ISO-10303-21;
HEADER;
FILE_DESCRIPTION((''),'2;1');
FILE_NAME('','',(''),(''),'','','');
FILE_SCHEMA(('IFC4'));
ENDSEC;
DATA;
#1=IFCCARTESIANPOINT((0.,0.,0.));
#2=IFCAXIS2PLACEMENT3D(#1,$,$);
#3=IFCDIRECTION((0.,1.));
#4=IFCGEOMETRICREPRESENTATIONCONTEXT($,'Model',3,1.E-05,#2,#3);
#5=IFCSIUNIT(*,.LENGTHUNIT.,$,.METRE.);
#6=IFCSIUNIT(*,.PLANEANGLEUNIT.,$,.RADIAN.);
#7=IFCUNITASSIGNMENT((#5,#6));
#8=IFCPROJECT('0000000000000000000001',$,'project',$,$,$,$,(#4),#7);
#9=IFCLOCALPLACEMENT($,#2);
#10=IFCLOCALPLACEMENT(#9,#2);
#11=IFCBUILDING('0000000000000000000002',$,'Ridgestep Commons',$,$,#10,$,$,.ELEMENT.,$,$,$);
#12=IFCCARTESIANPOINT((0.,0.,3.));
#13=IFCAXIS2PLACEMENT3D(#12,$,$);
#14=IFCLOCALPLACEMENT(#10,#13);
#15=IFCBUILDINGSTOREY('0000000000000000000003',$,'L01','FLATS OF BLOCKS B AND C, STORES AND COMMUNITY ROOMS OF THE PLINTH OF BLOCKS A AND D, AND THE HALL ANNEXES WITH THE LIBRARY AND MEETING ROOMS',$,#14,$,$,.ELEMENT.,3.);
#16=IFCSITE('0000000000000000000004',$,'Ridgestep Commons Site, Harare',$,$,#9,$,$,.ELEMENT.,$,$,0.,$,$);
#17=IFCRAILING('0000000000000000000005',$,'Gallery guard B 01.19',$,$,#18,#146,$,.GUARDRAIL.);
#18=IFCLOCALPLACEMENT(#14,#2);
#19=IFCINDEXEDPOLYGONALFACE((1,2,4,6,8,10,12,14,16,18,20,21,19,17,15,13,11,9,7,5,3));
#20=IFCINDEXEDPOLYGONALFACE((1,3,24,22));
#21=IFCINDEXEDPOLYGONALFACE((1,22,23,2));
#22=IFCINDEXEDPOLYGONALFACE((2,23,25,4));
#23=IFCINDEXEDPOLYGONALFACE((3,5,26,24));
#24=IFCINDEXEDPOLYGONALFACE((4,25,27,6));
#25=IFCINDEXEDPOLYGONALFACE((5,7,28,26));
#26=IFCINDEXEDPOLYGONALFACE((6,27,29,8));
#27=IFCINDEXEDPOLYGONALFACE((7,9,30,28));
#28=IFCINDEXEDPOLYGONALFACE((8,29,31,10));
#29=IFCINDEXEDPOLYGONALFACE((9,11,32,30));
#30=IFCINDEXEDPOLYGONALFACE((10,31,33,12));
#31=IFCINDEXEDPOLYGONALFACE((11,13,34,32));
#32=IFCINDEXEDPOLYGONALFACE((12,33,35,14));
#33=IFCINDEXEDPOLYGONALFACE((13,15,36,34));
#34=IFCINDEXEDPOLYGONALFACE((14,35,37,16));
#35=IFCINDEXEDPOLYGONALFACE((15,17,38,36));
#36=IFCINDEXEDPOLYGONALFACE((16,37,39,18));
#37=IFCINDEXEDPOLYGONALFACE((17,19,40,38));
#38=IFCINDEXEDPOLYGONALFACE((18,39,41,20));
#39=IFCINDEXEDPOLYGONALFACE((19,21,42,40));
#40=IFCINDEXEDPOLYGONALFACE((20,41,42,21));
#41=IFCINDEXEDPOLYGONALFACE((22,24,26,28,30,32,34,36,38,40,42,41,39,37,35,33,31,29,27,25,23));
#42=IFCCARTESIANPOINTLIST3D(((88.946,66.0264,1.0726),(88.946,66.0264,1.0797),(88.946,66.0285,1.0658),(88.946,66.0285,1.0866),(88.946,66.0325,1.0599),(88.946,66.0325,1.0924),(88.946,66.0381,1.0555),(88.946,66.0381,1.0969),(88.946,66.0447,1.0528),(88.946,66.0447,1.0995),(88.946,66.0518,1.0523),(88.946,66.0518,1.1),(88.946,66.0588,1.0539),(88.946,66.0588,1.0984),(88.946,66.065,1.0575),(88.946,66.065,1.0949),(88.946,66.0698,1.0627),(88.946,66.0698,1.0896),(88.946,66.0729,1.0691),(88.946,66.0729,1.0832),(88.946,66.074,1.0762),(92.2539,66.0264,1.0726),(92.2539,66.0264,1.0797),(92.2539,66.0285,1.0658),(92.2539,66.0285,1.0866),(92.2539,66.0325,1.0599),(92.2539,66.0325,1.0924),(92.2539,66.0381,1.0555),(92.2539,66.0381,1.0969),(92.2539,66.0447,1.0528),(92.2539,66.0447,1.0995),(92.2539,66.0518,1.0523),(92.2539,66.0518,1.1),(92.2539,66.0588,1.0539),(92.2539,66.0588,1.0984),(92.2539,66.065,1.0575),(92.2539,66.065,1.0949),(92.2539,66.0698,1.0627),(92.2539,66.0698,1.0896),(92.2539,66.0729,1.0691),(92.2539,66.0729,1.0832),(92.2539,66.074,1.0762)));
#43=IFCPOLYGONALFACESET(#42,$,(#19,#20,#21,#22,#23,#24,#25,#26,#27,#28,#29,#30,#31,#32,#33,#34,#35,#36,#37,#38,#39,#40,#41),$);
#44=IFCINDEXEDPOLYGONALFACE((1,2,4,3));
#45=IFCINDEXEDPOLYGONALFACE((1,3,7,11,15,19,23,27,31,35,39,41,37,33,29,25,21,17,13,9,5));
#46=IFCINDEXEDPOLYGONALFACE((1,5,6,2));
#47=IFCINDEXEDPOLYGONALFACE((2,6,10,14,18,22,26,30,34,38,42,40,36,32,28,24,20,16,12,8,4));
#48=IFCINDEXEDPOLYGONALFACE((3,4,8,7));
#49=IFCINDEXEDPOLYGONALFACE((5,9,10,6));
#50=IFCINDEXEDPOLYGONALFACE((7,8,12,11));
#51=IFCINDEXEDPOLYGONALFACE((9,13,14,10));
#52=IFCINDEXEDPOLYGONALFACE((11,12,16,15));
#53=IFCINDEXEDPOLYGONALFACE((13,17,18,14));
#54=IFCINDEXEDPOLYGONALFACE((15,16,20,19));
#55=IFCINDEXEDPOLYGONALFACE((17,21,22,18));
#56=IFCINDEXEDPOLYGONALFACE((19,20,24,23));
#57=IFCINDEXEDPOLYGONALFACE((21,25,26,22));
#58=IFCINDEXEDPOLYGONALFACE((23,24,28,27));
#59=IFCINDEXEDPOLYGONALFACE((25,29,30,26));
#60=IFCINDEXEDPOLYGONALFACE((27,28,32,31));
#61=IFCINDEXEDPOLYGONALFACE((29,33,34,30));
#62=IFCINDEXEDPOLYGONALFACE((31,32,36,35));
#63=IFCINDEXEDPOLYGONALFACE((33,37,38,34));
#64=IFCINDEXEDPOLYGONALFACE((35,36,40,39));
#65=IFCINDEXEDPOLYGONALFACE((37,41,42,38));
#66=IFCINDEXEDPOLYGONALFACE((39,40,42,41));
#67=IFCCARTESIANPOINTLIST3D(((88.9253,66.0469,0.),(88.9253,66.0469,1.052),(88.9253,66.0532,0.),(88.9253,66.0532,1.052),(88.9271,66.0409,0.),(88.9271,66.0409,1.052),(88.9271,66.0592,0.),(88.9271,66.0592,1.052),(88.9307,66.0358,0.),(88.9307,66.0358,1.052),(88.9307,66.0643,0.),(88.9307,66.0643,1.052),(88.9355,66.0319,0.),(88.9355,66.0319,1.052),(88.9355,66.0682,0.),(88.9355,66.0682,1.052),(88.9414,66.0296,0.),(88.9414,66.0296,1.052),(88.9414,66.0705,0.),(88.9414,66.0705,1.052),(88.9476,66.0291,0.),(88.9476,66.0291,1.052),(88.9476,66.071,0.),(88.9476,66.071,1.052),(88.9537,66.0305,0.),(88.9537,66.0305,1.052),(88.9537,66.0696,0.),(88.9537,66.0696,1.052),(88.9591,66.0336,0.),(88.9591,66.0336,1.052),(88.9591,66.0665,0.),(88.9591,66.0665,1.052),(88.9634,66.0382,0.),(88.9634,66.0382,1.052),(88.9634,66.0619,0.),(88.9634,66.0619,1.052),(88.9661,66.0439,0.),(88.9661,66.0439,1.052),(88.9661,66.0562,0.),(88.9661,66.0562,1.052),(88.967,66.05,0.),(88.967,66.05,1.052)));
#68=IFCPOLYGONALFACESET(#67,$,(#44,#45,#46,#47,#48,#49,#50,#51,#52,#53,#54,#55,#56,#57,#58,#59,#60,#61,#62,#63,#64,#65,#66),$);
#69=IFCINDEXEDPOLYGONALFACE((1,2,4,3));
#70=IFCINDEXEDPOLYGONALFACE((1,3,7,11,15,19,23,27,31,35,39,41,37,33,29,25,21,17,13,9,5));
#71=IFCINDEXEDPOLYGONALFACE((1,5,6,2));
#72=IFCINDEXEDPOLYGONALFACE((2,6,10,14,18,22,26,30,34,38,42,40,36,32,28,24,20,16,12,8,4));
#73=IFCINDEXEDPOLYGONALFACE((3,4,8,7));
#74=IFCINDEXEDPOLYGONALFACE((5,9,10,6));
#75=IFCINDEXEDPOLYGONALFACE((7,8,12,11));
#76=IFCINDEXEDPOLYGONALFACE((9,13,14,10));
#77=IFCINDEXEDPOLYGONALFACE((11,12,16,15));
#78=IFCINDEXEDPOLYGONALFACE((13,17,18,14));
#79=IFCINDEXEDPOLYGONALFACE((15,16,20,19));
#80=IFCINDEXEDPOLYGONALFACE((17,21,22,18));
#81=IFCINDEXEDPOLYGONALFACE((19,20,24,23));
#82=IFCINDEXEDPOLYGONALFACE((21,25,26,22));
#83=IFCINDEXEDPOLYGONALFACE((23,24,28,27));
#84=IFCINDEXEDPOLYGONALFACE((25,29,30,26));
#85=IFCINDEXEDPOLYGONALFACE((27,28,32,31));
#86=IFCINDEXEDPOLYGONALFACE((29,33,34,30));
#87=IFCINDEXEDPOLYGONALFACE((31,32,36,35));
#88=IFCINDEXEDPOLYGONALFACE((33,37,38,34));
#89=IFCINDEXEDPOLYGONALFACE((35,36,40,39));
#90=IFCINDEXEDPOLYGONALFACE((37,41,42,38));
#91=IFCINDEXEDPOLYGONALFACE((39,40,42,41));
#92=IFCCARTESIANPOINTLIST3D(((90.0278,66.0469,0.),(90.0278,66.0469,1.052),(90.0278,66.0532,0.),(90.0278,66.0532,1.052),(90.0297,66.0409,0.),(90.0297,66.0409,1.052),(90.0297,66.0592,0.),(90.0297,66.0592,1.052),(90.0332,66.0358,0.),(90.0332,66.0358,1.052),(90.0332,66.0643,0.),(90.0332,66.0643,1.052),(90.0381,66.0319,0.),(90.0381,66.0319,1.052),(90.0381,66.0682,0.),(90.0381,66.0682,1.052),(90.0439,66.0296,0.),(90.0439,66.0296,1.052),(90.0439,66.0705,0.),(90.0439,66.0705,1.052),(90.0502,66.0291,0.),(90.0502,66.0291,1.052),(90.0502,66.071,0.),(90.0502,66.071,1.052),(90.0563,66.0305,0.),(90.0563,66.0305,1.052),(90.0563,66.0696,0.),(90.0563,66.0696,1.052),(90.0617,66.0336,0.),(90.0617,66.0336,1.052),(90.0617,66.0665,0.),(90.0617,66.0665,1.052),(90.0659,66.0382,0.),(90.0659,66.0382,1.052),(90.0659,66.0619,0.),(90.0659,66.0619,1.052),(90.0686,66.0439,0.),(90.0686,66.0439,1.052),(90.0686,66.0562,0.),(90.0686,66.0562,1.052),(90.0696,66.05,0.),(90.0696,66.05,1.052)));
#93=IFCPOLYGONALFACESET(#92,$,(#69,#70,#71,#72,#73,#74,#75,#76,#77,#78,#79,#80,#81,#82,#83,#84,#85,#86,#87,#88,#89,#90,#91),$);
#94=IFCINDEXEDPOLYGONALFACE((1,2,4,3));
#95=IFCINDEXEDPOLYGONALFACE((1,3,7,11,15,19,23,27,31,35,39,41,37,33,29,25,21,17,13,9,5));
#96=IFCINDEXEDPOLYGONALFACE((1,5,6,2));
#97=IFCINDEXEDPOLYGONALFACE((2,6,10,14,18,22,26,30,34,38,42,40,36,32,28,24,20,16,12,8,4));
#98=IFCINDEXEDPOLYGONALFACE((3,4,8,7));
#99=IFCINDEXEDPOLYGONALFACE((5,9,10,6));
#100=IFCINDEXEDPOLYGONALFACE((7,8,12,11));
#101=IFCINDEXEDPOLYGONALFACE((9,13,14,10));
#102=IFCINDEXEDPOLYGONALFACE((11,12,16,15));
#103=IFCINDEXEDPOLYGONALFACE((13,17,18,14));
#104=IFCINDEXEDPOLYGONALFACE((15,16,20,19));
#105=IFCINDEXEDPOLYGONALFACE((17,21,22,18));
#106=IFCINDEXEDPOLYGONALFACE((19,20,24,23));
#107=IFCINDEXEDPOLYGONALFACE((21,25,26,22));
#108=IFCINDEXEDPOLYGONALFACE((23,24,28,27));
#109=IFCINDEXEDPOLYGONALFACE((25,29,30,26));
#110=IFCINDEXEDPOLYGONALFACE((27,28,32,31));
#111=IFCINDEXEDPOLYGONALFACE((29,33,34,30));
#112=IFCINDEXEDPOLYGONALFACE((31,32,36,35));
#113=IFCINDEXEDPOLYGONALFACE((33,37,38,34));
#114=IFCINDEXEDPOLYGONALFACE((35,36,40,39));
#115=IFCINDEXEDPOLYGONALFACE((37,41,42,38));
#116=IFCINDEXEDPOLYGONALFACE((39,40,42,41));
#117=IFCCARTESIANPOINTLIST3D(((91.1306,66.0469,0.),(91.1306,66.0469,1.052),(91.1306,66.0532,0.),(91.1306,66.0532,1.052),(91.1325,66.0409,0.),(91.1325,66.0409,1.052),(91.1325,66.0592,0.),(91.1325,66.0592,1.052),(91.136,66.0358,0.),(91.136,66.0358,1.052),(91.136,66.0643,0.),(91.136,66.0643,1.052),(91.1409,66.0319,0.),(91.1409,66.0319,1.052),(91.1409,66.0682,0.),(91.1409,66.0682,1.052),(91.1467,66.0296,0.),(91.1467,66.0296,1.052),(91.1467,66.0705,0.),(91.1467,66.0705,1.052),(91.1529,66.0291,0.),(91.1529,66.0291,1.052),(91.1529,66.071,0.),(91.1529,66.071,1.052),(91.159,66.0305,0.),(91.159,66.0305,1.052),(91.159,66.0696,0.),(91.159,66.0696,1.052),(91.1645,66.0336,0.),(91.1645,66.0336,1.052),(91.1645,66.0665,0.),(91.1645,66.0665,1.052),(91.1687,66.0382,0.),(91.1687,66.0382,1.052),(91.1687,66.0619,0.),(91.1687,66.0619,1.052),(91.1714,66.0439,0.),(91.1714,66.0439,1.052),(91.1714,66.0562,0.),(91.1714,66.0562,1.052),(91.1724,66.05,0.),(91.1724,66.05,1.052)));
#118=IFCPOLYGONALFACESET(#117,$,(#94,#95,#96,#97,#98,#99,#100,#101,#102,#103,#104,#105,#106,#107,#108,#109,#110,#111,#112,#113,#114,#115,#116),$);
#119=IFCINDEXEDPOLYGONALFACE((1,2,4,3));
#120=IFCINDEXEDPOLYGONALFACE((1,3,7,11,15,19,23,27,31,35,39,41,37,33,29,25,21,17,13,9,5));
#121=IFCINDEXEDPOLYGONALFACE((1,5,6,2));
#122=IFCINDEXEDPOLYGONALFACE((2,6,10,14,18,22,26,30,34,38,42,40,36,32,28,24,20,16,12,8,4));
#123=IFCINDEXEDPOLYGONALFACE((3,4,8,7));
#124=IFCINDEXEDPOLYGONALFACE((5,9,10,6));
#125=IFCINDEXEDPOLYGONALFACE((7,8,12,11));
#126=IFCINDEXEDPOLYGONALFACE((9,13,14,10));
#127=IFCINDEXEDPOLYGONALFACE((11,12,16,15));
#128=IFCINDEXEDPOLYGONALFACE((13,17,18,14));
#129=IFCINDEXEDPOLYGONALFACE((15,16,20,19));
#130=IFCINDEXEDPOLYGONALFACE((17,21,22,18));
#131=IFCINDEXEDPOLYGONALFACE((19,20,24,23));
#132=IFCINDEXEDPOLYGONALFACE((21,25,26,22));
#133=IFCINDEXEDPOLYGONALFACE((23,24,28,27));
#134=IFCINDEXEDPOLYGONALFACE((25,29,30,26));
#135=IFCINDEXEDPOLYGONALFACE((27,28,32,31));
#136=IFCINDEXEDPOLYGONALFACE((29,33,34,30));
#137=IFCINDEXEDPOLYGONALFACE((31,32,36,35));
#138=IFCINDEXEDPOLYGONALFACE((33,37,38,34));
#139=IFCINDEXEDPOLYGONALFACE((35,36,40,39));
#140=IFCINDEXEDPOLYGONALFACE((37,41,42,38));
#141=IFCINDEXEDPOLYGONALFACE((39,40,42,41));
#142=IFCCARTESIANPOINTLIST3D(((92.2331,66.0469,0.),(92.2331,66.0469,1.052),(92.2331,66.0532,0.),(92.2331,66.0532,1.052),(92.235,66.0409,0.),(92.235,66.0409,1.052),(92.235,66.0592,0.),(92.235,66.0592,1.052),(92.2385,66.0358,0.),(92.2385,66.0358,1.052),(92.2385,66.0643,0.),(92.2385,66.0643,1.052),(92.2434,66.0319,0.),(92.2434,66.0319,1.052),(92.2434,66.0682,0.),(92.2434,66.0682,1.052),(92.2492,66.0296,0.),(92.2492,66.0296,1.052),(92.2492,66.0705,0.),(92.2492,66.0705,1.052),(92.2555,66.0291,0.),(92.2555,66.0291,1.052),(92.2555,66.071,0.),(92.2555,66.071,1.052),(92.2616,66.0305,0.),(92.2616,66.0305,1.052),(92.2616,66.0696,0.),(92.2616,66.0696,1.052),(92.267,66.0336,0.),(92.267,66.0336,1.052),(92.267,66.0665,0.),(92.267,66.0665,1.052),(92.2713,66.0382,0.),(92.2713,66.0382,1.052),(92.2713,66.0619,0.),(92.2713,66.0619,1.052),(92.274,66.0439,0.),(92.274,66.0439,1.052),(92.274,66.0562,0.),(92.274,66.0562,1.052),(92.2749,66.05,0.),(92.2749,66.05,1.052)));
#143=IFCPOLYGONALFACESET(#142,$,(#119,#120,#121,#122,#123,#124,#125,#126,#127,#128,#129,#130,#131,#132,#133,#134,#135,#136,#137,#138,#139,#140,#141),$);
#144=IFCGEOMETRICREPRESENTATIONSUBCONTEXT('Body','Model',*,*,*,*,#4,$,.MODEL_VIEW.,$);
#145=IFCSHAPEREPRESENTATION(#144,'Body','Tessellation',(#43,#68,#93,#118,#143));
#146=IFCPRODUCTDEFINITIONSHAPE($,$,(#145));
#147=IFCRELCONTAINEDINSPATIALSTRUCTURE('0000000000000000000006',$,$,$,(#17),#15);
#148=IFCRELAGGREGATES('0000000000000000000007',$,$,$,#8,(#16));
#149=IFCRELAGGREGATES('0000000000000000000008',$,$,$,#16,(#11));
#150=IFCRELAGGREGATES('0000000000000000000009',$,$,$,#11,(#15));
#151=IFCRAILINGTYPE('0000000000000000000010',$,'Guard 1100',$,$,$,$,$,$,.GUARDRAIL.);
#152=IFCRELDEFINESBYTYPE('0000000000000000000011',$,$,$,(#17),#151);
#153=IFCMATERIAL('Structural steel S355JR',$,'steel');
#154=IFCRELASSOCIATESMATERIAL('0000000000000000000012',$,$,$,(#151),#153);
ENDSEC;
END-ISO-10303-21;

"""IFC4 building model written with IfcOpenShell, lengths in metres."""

from ifc_helpers import new_model, si_unit, direction, frame, origin, origin_2d, place, context, subcontext, project, spatial, circle, extrude, material, type_object, element, save


model = new_model("IFC4")

# Units and contexts
model_context = context("Model", 3, precision=1e-05, world=origin(), true_north=direction((0.0, 1.0)))
body_context = subcontext(model_context, "Body", "Model", "MODEL_VIEW")
ifc_project = project(units=[si_unit("LENGTHUNIT", "METRE"), si_unit("PLANEANGLEUNIT", "RADIAN")], contexts=[model_context])

# Site, building, storey
site_placement = place(None, origin())
site = spatial("IfcSite", under=ifc_project, at=site_placement, Name="Ridgestep Commons Site, Harare", CompositionType="ELEMENT", RefElevation=0.0)
building_placement = place(site_placement, origin())
building = spatial("IfcBuilding", under=site, at=building_placement, Name="Ridgestep Commons", CompositionType="ELEMENT")
storey_placement = place(building_placement, frame((0.0, 0.0, 3.0)))
storey = spatial("IfcBuildingStorey", under=building, at=storey_placement, Name="L01", Description="FLATS OF BLOCKS B AND C, STORES AND COMMUNITY ROOMS OF THE PLINTH OF BLOCKS A AND D, AND THE HALL ANNEXES WITH THE LIBRARY AND MEETING ROOMS", CompositionType="ELEMENT", Elevation=3.0)

# Railing
ifc_material_1 = material(Name="Structural steel S355JR", Category="steel")
railing_type_1 = type_object("IfcRailingType", Name="Guard 1100", PredefinedType="GUARDRAIL", material=ifc_material_1)
railing_1_placement = place(storey_placement, frame((88.946, 66.05, 0.0)))
element("IfcRailing", 1, at=railing_1_placement, inside=storey, type_object=railing_type_1, Name="Gallery guard B 01.19", PredefinedType="GUARDRAIL", context=body_context, shape_type="SweptSolid", body=[
    extrude(circle(Radius=0.0239, at=origin_2d()), frame((0.0, 0.0, 1.0762), z_axis=(1.0, 0.0, 0.0), x_axis=(0.0, 1.0, 0.0)), (0.0, 0.0, 1.0), 3.3079),
    extrude(circle(Radius=0.021, at=origin_2d()), origin(), (0.0, 0.0, 1.0), 1.052),
    extrude(circle(Radius=0.021, at=origin_2d()), frame((1.1025, 0.0, 0.0)), (0.0, 0.0, 1.0), 1.052),
    extrude(circle(Radius=0.021, at=origin_2d()), frame((2.2053, 0.0, 0.0)), (0.0, 0.0, 1.0), 1.052),
    extrude(circle(Radius=0.021, at=origin_2d()), frame((3.3079, 0.0, 0.0)), (0.0, 0.0, 1.0), 1.052),
])

save(model, "model.ifc")
